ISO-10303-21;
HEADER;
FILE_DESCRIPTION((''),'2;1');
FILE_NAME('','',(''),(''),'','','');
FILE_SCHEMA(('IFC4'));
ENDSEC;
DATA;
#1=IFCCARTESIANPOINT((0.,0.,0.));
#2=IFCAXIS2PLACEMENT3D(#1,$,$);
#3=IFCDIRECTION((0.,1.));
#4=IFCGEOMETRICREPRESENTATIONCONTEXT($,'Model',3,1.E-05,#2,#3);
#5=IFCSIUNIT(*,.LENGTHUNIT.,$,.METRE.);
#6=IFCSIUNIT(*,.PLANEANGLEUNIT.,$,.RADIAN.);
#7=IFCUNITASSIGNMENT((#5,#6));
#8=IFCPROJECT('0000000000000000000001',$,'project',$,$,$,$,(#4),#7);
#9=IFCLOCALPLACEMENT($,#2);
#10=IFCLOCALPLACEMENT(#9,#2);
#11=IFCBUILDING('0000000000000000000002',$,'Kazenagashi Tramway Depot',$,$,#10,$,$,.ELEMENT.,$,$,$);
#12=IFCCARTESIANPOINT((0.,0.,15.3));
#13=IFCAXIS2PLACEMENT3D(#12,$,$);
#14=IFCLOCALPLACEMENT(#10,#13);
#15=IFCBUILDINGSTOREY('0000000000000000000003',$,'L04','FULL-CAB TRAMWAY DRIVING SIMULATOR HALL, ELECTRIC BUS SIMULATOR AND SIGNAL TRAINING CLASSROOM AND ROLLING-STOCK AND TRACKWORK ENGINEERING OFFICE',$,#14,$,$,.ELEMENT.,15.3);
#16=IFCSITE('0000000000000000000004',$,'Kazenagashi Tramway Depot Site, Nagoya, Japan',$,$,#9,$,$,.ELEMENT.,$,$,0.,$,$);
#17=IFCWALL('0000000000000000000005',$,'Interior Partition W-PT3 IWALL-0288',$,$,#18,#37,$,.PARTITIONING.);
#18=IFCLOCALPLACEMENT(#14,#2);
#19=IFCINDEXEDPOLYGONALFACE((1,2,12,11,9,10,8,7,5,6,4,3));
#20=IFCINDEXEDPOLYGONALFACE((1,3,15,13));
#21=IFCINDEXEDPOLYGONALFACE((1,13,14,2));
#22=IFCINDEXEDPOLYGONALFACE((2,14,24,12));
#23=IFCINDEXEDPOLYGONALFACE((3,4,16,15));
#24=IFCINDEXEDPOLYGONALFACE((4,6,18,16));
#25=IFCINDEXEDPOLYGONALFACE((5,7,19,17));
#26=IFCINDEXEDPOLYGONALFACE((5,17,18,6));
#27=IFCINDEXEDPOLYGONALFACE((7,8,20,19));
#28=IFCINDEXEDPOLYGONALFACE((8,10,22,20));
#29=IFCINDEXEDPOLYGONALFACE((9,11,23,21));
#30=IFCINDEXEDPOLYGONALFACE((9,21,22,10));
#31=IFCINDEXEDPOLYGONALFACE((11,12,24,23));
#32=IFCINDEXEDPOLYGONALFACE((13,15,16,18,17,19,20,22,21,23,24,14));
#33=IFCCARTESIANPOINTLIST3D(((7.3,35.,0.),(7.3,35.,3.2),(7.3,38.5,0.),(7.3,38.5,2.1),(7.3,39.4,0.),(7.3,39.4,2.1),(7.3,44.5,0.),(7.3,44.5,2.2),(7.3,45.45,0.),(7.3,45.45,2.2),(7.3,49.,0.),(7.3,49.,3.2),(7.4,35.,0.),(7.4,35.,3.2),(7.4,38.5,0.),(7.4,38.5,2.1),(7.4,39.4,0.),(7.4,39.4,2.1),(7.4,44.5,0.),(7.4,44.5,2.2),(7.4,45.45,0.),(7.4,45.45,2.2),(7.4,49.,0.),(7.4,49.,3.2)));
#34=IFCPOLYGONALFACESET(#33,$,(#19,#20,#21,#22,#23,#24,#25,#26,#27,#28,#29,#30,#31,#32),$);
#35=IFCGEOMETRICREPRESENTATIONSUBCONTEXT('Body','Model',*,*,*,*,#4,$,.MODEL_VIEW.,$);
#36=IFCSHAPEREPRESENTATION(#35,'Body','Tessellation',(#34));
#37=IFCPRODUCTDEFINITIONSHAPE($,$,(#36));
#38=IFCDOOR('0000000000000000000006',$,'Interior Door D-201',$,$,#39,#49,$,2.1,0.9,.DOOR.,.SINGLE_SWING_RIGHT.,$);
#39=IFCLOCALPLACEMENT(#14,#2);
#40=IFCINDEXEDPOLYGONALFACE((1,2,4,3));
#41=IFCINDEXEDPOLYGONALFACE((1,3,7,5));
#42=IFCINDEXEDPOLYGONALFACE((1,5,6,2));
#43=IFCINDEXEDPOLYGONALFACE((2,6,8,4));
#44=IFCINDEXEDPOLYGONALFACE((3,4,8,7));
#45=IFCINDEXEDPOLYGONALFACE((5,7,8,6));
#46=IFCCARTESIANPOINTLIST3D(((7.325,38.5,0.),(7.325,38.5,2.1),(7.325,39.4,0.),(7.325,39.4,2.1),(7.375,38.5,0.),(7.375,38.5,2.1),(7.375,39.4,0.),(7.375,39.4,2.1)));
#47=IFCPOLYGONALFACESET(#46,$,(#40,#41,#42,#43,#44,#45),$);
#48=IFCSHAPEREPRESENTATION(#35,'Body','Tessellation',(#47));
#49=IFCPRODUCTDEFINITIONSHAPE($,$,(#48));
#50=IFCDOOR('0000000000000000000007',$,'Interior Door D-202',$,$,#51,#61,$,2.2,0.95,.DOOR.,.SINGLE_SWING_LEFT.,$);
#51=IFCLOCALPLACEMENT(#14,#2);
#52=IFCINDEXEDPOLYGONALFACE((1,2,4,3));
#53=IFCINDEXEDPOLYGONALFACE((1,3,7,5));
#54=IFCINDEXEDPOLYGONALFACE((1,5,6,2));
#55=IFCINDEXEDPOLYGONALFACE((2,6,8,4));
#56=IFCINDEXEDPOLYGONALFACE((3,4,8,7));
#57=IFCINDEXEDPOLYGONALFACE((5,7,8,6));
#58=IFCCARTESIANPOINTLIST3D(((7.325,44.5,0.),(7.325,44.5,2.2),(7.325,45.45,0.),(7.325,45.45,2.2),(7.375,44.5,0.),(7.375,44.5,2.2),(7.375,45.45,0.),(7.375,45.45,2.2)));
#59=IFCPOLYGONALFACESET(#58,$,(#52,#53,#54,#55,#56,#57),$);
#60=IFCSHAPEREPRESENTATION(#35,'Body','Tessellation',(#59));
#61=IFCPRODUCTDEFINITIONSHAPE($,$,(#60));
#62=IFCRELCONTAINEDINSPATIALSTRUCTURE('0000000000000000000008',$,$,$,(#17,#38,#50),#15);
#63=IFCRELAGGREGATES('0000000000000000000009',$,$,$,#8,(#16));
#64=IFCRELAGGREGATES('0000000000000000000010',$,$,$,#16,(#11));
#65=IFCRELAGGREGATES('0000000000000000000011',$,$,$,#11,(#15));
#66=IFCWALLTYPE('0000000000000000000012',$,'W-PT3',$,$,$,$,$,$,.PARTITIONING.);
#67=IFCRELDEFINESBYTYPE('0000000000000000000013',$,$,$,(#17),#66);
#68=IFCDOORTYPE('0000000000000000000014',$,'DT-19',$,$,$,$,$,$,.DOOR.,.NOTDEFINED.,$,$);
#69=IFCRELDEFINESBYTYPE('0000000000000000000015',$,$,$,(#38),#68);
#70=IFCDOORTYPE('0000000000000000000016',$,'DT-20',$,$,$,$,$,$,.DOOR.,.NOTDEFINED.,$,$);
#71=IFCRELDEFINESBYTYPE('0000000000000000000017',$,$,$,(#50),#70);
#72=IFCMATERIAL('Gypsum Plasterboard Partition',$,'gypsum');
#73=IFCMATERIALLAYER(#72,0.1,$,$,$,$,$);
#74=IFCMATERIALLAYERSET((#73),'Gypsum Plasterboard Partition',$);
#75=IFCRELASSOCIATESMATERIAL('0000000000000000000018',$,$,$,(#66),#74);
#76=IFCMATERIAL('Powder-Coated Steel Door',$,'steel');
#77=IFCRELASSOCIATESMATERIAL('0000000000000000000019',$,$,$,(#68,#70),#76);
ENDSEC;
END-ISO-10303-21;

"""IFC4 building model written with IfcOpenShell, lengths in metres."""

from ifc_helpers import new_model, si_unit, direction, frame, frame_2d, origin, place, context, subcontext, project, spatial, rectangle, extrude, material, layer, layer_set, type_object, element, fill, save


model = new_model("IFC4")

# Units and contexts
model_context = context("Model", 3, precision=1e-05, world=origin(), true_north=direction((0.0, 1.0)))
body_context = subcontext(model_context, "Body", "Model", "MODEL_VIEW")
ifc_project = project(units=[si_unit("LENGTHUNIT", "METRE"), si_unit("PLANEANGLEUNIT", "RADIAN")], contexts=[model_context])

# Site, building, storey
site_placement = place(None, origin())
site = spatial("IfcSite", under=ifc_project, at=site_placement, Name="Kazenagashi Tramway Depot Site, Nagoya, Japan", CompositionType="ELEMENT", RefElevation=0.0)
building_placement = place(site_placement, origin())
building = spatial("IfcBuilding", under=site, at=building_placement, Name="Kazenagashi Tramway Depot", CompositionType="ELEMENT")
storey_placement = place(building_placement, frame((0.0, 0.0, 15.3)))
storey = spatial("IfcBuildingStorey", under=building, at=storey_placement, Name="L04", Description="FULL-CAB TRAMWAY DRIVING SIMULATOR HALL, ELECTRIC BUS SIMULATOR AND SIGNAL TRAINING CLASSROOM AND ROLLING-STOCK AND TRACKWORK ENGINEERING OFFICE", CompositionType="ELEMENT", Elevation=15.3)

# Shared definitions
ifc_material_1 = material(Name="Gypsum Plasterboard Partition", Category="gypsum")
ifc_material_2 = material(Name="Powder-Coated Steel Door", Category="steel")

# Wall, openings, doors
ifc_layer_1 = layer(ifc_material_1, 0.1)
ifc_layer_set_1 = layer_set([ifc_layer_1], Name="Gypsum Plasterboard Partition")
wall_type_1 = type_object("IfcWallType", Name="W-PT3", PredefinedType="PARTITIONING", material=ifc_layer_set_1)
wall_1_placement = place(storey_placement, frame((7.35, 35.0, 0.0), z_axis=(0.0, 0.0, 1.0), x_axis=(0.0, 1.0, 0.0)))
wall_1 = element("IfcWall", 1, at=wall_1_placement, inside=storey, type_object=wall_type_1, Name="Interior Partition W-PT3 IWALL-0288", PredefinedType="PARTITIONING", context=body_context, shape_type="SweptSolid", body=[
    extrude(rectangle(XDim=14.0, YDim=0.1, at=frame_2d((7.0, 0.0))), origin(), (0.0, 0.0, 1.0), 3.2),
])
opening_1_placement = place(wall_1_placement, frame((3.5, 0.0, 0.0)))
opening_1 = element("IfcOpeningElement", 2, at=opening_1_placement, cuts=wall_1, PredefinedType="OPENING", context=body_context, shape_type="SweptSolid", body=[
    extrude(rectangle(XDim=0.9, YDim=2.1, at=frame_2d((0.45, 1.05))), frame((0.0, 0.06, 0.0), z_axis=(0.0, -1.0, 0.0), x_axis=(1.0, 0.0, 0.0)), (0.0, 0.0, 1.0), 0.12),
])
opening_2_placement = place(wall_1_placement, frame((9.5, 0.0, 0.0)))
opening_2 = element("IfcOpeningElement", 3, at=opening_2_placement, cuts=wall_1, PredefinedType="OPENING", context=body_context, shape_type="SweptSolid", body=[
    extrude(rectangle(XDim=0.95, YDim=2.2, at=frame_2d((0.475, 1.1))), frame((0.0, 0.06, 0.0), z_axis=(0.0, -1.0, 0.0), x_axis=(1.0, 0.0, 0.0)), (0.0, 0.0, 1.0), 0.12),
])
door_type_1 = type_object("IfcDoorType", Name="DT-19", OperationType="NOTDEFINED", PredefinedType="DOOR", material=ifc_material_2)
door_1_placement = place(opening_1_placement, origin())
door_1 = element("IfcDoor", 4, at=door_1_placement, inside=storey, type_object=door_type_1, Name="Interior Door D-201", OperationType="SINGLE_SWING_RIGHT", OverallHeight=2.1, OverallWidth=0.9, PredefinedType="DOOR", context=body_context, shape_type="SweptSolid", body=[
    extrude(rectangle(XDim=0.9, YDim=2.1, at=frame_2d((0.45, 1.05))), frame((0.0, 0.025, 0.0), z_axis=(0.0, -1.0, 0.0), x_axis=(1.0, 0.0, 0.0)), (0.0, 0.0, 1.0), 0.05),
])
fill(opening_1, door_1)
door_type_2 = type_object("IfcDoorType", Name="DT-20", OperationType="NOTDEFINED", PredefinedType="DOOR", material=ifc_material_2)
door_2_placement = place(opening_2_placement, origin())
door_2 = element("IfcDoor", 5, at=door_2_placement, inside=storey, type_object=door_type_2, Name="Interior Door D-202", OperationType="SINGLE_SWING_LEFT", OverallHeight=2.2, OverallWidth=0.95, PredefinedType="DOOR", context=body_context, shape_type="SweptSolid", body=[
    extrude(rectangle(XDim=0.95, YDim=2.2, at=frame_2d((0.475, 1.1))), frame((0.0, 0.025, 0.0), z_axis=(0.0, -1.0, 0.0), x_axis=(1.0, 0.0, 0.0)), (0.0, 0.0, 1.0), 0.05),
])
fill(opening_2, door_2)

save(model, "model.ifc")
